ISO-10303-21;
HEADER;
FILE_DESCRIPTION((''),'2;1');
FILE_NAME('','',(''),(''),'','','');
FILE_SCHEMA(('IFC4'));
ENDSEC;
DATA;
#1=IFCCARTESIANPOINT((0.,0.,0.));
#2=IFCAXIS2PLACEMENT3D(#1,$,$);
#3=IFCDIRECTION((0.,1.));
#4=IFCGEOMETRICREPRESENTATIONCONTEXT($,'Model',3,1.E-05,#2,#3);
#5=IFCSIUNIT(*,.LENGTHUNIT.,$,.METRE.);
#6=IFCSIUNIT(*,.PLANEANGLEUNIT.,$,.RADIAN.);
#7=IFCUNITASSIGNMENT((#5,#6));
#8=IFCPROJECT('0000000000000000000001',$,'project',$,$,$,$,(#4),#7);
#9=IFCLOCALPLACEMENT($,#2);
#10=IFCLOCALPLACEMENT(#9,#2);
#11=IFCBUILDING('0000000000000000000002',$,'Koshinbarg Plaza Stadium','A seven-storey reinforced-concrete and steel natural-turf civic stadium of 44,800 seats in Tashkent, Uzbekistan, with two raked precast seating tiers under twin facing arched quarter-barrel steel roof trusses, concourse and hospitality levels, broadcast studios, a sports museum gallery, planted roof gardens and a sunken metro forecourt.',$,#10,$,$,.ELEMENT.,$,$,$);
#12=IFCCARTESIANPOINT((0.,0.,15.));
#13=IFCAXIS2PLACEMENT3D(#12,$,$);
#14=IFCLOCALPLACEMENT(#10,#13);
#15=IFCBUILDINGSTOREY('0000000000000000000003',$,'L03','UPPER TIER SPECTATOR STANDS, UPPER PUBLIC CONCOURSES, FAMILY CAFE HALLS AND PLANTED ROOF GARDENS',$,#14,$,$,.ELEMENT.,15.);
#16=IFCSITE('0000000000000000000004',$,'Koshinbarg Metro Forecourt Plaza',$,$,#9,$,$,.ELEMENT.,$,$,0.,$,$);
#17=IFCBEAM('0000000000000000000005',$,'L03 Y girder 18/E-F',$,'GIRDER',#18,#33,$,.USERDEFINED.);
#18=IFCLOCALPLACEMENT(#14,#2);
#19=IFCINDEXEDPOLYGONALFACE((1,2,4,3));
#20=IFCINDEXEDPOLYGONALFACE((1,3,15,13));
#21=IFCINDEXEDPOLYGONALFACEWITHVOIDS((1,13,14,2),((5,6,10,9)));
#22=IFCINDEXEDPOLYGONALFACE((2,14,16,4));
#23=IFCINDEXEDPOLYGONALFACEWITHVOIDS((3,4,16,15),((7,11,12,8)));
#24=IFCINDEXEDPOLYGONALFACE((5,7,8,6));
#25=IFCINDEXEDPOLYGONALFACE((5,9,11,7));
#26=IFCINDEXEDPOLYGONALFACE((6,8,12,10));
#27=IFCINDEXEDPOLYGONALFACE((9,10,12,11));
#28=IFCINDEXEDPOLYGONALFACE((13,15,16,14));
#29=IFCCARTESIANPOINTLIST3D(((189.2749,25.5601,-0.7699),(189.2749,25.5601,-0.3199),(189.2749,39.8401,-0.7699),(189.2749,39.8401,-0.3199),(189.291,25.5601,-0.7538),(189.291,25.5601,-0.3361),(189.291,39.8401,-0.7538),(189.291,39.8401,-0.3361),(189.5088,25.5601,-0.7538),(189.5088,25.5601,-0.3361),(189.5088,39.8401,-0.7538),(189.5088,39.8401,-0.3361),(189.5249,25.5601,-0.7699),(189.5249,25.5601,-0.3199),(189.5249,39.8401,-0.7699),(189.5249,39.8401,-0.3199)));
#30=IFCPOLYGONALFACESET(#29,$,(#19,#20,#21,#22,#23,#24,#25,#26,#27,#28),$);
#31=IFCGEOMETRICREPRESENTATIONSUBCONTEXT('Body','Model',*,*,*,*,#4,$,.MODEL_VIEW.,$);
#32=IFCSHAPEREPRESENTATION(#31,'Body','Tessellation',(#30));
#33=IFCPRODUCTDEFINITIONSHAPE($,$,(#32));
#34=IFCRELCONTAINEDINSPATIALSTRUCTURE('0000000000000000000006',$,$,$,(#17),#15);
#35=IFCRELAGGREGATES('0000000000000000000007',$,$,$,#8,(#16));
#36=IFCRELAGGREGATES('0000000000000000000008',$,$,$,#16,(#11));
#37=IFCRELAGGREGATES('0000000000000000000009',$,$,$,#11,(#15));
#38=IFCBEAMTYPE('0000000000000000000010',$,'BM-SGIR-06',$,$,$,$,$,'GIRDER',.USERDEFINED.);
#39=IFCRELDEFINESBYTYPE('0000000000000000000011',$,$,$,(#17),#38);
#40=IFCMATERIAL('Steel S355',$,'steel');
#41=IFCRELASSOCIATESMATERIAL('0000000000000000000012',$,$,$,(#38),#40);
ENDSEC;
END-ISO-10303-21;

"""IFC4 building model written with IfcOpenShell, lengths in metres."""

from ifc_helpers import new_model, si_unit, direction, frame, origin, origin_2d, place, context, subcontext, project, spatial, hollow_rectangle, extrude, material, material_profile, profile_set, type_object, element, save


model = new_model("IFC4")

# Units and contexts
model_context = context("Model", 3, precision=1e-05, world=origin(), true_north=direction((0.0, 1.0)))
body_context = subcontext(model_context, "Body", "Model", "MODEL_VIEW")
ifc_project = project(units=[si_unit("LENGTHUNIT", "METRE"), si_unit("PLANEANGLEUNIT", "RADIAN")], contexts=[model_context])

# Site, building, storey
site_placement = place(None, origin())
site = spatial("IfcSite", under=ifc_project, at=site_placement, Name="Koshinbarg Metro Forecourt Plaza", CompositionType="ELEMENT", RefElevation=0.0)
building_placement = place(site_placement, origin())
building = spatial("IfcBuilding", under=site, at=building_placement, Name="Koshinbarg Plaza Stadium", Description="A seven-storey reinforced-concrete and steel natural-turf civic stadium of 44,800 seats in Tashkent, Uzbekistan, with two raked precast seating tiers under twin facing arched quarter-barrel steel roof trusses, concourse and hospitality levels, broadcast studios, a sports museum gallery, planted roof gardens and a sunken metro forecourt.", CompositionType="ELEMENT")
storey_placement = place(building_placement, frame((0.0, 0.0, 15.0)))
storey = spatial("IfcBuildingStorey", under=building, at=storey_placement, Name="L03", Description="UPPER TIER SPECTATOR STANDS, UPPER PUBLIC CONCOURSES, FAMILY CAFE HALLS AND PLANTED ROOF GARDENS", CompositionType="ELEMENT", Elevation=15.0)

# Shared definitions
ifc_material_1 = material(Name="Steel S355", Category="steel")

# Beam
ifc_material_profile_1 = material_profile(ifc_material_1, hollow_rectangle(XDim=0.25, YDim=0.45, WallThickness=0.0161, at=origin_2d()), Name="RHS 450x250x16")
ifc_profile_set_1 = profile_set([ifc_material_profile_1], Name="Steel S355")
beam_type_1 = type_object("IfcBeamType", Name="BM-SGIR-06", ElementType="GIRDER", PredefinedType="USERDEFINED", material=ifc_profile_set_1)
beam_1_placement = place(storey_placement, frame((189.3999, 25.5601, -0.5449), z_axis=(0.0, 1.0, 0.0), x_axis=(-1.0, 0.0, 0.0)))
element("IfcBeam", 1, at=beam_1_placement, inside=storey, type_object=beam_type_1, Name="L03 Y girder 18/E-F", ObjectType="GIRDER", PredefinedType="USERDEFINED", context=body_context, shape_type="SweptSolid", body=[
    extrude(hollow_rectangle(XDim=0.25, YDim=0.45, WallThickness=0.0161, at=origin_2d()), origin(), (0.0, 0.0, 1.0), 14.28),
])

save(model, "model.ifc")
